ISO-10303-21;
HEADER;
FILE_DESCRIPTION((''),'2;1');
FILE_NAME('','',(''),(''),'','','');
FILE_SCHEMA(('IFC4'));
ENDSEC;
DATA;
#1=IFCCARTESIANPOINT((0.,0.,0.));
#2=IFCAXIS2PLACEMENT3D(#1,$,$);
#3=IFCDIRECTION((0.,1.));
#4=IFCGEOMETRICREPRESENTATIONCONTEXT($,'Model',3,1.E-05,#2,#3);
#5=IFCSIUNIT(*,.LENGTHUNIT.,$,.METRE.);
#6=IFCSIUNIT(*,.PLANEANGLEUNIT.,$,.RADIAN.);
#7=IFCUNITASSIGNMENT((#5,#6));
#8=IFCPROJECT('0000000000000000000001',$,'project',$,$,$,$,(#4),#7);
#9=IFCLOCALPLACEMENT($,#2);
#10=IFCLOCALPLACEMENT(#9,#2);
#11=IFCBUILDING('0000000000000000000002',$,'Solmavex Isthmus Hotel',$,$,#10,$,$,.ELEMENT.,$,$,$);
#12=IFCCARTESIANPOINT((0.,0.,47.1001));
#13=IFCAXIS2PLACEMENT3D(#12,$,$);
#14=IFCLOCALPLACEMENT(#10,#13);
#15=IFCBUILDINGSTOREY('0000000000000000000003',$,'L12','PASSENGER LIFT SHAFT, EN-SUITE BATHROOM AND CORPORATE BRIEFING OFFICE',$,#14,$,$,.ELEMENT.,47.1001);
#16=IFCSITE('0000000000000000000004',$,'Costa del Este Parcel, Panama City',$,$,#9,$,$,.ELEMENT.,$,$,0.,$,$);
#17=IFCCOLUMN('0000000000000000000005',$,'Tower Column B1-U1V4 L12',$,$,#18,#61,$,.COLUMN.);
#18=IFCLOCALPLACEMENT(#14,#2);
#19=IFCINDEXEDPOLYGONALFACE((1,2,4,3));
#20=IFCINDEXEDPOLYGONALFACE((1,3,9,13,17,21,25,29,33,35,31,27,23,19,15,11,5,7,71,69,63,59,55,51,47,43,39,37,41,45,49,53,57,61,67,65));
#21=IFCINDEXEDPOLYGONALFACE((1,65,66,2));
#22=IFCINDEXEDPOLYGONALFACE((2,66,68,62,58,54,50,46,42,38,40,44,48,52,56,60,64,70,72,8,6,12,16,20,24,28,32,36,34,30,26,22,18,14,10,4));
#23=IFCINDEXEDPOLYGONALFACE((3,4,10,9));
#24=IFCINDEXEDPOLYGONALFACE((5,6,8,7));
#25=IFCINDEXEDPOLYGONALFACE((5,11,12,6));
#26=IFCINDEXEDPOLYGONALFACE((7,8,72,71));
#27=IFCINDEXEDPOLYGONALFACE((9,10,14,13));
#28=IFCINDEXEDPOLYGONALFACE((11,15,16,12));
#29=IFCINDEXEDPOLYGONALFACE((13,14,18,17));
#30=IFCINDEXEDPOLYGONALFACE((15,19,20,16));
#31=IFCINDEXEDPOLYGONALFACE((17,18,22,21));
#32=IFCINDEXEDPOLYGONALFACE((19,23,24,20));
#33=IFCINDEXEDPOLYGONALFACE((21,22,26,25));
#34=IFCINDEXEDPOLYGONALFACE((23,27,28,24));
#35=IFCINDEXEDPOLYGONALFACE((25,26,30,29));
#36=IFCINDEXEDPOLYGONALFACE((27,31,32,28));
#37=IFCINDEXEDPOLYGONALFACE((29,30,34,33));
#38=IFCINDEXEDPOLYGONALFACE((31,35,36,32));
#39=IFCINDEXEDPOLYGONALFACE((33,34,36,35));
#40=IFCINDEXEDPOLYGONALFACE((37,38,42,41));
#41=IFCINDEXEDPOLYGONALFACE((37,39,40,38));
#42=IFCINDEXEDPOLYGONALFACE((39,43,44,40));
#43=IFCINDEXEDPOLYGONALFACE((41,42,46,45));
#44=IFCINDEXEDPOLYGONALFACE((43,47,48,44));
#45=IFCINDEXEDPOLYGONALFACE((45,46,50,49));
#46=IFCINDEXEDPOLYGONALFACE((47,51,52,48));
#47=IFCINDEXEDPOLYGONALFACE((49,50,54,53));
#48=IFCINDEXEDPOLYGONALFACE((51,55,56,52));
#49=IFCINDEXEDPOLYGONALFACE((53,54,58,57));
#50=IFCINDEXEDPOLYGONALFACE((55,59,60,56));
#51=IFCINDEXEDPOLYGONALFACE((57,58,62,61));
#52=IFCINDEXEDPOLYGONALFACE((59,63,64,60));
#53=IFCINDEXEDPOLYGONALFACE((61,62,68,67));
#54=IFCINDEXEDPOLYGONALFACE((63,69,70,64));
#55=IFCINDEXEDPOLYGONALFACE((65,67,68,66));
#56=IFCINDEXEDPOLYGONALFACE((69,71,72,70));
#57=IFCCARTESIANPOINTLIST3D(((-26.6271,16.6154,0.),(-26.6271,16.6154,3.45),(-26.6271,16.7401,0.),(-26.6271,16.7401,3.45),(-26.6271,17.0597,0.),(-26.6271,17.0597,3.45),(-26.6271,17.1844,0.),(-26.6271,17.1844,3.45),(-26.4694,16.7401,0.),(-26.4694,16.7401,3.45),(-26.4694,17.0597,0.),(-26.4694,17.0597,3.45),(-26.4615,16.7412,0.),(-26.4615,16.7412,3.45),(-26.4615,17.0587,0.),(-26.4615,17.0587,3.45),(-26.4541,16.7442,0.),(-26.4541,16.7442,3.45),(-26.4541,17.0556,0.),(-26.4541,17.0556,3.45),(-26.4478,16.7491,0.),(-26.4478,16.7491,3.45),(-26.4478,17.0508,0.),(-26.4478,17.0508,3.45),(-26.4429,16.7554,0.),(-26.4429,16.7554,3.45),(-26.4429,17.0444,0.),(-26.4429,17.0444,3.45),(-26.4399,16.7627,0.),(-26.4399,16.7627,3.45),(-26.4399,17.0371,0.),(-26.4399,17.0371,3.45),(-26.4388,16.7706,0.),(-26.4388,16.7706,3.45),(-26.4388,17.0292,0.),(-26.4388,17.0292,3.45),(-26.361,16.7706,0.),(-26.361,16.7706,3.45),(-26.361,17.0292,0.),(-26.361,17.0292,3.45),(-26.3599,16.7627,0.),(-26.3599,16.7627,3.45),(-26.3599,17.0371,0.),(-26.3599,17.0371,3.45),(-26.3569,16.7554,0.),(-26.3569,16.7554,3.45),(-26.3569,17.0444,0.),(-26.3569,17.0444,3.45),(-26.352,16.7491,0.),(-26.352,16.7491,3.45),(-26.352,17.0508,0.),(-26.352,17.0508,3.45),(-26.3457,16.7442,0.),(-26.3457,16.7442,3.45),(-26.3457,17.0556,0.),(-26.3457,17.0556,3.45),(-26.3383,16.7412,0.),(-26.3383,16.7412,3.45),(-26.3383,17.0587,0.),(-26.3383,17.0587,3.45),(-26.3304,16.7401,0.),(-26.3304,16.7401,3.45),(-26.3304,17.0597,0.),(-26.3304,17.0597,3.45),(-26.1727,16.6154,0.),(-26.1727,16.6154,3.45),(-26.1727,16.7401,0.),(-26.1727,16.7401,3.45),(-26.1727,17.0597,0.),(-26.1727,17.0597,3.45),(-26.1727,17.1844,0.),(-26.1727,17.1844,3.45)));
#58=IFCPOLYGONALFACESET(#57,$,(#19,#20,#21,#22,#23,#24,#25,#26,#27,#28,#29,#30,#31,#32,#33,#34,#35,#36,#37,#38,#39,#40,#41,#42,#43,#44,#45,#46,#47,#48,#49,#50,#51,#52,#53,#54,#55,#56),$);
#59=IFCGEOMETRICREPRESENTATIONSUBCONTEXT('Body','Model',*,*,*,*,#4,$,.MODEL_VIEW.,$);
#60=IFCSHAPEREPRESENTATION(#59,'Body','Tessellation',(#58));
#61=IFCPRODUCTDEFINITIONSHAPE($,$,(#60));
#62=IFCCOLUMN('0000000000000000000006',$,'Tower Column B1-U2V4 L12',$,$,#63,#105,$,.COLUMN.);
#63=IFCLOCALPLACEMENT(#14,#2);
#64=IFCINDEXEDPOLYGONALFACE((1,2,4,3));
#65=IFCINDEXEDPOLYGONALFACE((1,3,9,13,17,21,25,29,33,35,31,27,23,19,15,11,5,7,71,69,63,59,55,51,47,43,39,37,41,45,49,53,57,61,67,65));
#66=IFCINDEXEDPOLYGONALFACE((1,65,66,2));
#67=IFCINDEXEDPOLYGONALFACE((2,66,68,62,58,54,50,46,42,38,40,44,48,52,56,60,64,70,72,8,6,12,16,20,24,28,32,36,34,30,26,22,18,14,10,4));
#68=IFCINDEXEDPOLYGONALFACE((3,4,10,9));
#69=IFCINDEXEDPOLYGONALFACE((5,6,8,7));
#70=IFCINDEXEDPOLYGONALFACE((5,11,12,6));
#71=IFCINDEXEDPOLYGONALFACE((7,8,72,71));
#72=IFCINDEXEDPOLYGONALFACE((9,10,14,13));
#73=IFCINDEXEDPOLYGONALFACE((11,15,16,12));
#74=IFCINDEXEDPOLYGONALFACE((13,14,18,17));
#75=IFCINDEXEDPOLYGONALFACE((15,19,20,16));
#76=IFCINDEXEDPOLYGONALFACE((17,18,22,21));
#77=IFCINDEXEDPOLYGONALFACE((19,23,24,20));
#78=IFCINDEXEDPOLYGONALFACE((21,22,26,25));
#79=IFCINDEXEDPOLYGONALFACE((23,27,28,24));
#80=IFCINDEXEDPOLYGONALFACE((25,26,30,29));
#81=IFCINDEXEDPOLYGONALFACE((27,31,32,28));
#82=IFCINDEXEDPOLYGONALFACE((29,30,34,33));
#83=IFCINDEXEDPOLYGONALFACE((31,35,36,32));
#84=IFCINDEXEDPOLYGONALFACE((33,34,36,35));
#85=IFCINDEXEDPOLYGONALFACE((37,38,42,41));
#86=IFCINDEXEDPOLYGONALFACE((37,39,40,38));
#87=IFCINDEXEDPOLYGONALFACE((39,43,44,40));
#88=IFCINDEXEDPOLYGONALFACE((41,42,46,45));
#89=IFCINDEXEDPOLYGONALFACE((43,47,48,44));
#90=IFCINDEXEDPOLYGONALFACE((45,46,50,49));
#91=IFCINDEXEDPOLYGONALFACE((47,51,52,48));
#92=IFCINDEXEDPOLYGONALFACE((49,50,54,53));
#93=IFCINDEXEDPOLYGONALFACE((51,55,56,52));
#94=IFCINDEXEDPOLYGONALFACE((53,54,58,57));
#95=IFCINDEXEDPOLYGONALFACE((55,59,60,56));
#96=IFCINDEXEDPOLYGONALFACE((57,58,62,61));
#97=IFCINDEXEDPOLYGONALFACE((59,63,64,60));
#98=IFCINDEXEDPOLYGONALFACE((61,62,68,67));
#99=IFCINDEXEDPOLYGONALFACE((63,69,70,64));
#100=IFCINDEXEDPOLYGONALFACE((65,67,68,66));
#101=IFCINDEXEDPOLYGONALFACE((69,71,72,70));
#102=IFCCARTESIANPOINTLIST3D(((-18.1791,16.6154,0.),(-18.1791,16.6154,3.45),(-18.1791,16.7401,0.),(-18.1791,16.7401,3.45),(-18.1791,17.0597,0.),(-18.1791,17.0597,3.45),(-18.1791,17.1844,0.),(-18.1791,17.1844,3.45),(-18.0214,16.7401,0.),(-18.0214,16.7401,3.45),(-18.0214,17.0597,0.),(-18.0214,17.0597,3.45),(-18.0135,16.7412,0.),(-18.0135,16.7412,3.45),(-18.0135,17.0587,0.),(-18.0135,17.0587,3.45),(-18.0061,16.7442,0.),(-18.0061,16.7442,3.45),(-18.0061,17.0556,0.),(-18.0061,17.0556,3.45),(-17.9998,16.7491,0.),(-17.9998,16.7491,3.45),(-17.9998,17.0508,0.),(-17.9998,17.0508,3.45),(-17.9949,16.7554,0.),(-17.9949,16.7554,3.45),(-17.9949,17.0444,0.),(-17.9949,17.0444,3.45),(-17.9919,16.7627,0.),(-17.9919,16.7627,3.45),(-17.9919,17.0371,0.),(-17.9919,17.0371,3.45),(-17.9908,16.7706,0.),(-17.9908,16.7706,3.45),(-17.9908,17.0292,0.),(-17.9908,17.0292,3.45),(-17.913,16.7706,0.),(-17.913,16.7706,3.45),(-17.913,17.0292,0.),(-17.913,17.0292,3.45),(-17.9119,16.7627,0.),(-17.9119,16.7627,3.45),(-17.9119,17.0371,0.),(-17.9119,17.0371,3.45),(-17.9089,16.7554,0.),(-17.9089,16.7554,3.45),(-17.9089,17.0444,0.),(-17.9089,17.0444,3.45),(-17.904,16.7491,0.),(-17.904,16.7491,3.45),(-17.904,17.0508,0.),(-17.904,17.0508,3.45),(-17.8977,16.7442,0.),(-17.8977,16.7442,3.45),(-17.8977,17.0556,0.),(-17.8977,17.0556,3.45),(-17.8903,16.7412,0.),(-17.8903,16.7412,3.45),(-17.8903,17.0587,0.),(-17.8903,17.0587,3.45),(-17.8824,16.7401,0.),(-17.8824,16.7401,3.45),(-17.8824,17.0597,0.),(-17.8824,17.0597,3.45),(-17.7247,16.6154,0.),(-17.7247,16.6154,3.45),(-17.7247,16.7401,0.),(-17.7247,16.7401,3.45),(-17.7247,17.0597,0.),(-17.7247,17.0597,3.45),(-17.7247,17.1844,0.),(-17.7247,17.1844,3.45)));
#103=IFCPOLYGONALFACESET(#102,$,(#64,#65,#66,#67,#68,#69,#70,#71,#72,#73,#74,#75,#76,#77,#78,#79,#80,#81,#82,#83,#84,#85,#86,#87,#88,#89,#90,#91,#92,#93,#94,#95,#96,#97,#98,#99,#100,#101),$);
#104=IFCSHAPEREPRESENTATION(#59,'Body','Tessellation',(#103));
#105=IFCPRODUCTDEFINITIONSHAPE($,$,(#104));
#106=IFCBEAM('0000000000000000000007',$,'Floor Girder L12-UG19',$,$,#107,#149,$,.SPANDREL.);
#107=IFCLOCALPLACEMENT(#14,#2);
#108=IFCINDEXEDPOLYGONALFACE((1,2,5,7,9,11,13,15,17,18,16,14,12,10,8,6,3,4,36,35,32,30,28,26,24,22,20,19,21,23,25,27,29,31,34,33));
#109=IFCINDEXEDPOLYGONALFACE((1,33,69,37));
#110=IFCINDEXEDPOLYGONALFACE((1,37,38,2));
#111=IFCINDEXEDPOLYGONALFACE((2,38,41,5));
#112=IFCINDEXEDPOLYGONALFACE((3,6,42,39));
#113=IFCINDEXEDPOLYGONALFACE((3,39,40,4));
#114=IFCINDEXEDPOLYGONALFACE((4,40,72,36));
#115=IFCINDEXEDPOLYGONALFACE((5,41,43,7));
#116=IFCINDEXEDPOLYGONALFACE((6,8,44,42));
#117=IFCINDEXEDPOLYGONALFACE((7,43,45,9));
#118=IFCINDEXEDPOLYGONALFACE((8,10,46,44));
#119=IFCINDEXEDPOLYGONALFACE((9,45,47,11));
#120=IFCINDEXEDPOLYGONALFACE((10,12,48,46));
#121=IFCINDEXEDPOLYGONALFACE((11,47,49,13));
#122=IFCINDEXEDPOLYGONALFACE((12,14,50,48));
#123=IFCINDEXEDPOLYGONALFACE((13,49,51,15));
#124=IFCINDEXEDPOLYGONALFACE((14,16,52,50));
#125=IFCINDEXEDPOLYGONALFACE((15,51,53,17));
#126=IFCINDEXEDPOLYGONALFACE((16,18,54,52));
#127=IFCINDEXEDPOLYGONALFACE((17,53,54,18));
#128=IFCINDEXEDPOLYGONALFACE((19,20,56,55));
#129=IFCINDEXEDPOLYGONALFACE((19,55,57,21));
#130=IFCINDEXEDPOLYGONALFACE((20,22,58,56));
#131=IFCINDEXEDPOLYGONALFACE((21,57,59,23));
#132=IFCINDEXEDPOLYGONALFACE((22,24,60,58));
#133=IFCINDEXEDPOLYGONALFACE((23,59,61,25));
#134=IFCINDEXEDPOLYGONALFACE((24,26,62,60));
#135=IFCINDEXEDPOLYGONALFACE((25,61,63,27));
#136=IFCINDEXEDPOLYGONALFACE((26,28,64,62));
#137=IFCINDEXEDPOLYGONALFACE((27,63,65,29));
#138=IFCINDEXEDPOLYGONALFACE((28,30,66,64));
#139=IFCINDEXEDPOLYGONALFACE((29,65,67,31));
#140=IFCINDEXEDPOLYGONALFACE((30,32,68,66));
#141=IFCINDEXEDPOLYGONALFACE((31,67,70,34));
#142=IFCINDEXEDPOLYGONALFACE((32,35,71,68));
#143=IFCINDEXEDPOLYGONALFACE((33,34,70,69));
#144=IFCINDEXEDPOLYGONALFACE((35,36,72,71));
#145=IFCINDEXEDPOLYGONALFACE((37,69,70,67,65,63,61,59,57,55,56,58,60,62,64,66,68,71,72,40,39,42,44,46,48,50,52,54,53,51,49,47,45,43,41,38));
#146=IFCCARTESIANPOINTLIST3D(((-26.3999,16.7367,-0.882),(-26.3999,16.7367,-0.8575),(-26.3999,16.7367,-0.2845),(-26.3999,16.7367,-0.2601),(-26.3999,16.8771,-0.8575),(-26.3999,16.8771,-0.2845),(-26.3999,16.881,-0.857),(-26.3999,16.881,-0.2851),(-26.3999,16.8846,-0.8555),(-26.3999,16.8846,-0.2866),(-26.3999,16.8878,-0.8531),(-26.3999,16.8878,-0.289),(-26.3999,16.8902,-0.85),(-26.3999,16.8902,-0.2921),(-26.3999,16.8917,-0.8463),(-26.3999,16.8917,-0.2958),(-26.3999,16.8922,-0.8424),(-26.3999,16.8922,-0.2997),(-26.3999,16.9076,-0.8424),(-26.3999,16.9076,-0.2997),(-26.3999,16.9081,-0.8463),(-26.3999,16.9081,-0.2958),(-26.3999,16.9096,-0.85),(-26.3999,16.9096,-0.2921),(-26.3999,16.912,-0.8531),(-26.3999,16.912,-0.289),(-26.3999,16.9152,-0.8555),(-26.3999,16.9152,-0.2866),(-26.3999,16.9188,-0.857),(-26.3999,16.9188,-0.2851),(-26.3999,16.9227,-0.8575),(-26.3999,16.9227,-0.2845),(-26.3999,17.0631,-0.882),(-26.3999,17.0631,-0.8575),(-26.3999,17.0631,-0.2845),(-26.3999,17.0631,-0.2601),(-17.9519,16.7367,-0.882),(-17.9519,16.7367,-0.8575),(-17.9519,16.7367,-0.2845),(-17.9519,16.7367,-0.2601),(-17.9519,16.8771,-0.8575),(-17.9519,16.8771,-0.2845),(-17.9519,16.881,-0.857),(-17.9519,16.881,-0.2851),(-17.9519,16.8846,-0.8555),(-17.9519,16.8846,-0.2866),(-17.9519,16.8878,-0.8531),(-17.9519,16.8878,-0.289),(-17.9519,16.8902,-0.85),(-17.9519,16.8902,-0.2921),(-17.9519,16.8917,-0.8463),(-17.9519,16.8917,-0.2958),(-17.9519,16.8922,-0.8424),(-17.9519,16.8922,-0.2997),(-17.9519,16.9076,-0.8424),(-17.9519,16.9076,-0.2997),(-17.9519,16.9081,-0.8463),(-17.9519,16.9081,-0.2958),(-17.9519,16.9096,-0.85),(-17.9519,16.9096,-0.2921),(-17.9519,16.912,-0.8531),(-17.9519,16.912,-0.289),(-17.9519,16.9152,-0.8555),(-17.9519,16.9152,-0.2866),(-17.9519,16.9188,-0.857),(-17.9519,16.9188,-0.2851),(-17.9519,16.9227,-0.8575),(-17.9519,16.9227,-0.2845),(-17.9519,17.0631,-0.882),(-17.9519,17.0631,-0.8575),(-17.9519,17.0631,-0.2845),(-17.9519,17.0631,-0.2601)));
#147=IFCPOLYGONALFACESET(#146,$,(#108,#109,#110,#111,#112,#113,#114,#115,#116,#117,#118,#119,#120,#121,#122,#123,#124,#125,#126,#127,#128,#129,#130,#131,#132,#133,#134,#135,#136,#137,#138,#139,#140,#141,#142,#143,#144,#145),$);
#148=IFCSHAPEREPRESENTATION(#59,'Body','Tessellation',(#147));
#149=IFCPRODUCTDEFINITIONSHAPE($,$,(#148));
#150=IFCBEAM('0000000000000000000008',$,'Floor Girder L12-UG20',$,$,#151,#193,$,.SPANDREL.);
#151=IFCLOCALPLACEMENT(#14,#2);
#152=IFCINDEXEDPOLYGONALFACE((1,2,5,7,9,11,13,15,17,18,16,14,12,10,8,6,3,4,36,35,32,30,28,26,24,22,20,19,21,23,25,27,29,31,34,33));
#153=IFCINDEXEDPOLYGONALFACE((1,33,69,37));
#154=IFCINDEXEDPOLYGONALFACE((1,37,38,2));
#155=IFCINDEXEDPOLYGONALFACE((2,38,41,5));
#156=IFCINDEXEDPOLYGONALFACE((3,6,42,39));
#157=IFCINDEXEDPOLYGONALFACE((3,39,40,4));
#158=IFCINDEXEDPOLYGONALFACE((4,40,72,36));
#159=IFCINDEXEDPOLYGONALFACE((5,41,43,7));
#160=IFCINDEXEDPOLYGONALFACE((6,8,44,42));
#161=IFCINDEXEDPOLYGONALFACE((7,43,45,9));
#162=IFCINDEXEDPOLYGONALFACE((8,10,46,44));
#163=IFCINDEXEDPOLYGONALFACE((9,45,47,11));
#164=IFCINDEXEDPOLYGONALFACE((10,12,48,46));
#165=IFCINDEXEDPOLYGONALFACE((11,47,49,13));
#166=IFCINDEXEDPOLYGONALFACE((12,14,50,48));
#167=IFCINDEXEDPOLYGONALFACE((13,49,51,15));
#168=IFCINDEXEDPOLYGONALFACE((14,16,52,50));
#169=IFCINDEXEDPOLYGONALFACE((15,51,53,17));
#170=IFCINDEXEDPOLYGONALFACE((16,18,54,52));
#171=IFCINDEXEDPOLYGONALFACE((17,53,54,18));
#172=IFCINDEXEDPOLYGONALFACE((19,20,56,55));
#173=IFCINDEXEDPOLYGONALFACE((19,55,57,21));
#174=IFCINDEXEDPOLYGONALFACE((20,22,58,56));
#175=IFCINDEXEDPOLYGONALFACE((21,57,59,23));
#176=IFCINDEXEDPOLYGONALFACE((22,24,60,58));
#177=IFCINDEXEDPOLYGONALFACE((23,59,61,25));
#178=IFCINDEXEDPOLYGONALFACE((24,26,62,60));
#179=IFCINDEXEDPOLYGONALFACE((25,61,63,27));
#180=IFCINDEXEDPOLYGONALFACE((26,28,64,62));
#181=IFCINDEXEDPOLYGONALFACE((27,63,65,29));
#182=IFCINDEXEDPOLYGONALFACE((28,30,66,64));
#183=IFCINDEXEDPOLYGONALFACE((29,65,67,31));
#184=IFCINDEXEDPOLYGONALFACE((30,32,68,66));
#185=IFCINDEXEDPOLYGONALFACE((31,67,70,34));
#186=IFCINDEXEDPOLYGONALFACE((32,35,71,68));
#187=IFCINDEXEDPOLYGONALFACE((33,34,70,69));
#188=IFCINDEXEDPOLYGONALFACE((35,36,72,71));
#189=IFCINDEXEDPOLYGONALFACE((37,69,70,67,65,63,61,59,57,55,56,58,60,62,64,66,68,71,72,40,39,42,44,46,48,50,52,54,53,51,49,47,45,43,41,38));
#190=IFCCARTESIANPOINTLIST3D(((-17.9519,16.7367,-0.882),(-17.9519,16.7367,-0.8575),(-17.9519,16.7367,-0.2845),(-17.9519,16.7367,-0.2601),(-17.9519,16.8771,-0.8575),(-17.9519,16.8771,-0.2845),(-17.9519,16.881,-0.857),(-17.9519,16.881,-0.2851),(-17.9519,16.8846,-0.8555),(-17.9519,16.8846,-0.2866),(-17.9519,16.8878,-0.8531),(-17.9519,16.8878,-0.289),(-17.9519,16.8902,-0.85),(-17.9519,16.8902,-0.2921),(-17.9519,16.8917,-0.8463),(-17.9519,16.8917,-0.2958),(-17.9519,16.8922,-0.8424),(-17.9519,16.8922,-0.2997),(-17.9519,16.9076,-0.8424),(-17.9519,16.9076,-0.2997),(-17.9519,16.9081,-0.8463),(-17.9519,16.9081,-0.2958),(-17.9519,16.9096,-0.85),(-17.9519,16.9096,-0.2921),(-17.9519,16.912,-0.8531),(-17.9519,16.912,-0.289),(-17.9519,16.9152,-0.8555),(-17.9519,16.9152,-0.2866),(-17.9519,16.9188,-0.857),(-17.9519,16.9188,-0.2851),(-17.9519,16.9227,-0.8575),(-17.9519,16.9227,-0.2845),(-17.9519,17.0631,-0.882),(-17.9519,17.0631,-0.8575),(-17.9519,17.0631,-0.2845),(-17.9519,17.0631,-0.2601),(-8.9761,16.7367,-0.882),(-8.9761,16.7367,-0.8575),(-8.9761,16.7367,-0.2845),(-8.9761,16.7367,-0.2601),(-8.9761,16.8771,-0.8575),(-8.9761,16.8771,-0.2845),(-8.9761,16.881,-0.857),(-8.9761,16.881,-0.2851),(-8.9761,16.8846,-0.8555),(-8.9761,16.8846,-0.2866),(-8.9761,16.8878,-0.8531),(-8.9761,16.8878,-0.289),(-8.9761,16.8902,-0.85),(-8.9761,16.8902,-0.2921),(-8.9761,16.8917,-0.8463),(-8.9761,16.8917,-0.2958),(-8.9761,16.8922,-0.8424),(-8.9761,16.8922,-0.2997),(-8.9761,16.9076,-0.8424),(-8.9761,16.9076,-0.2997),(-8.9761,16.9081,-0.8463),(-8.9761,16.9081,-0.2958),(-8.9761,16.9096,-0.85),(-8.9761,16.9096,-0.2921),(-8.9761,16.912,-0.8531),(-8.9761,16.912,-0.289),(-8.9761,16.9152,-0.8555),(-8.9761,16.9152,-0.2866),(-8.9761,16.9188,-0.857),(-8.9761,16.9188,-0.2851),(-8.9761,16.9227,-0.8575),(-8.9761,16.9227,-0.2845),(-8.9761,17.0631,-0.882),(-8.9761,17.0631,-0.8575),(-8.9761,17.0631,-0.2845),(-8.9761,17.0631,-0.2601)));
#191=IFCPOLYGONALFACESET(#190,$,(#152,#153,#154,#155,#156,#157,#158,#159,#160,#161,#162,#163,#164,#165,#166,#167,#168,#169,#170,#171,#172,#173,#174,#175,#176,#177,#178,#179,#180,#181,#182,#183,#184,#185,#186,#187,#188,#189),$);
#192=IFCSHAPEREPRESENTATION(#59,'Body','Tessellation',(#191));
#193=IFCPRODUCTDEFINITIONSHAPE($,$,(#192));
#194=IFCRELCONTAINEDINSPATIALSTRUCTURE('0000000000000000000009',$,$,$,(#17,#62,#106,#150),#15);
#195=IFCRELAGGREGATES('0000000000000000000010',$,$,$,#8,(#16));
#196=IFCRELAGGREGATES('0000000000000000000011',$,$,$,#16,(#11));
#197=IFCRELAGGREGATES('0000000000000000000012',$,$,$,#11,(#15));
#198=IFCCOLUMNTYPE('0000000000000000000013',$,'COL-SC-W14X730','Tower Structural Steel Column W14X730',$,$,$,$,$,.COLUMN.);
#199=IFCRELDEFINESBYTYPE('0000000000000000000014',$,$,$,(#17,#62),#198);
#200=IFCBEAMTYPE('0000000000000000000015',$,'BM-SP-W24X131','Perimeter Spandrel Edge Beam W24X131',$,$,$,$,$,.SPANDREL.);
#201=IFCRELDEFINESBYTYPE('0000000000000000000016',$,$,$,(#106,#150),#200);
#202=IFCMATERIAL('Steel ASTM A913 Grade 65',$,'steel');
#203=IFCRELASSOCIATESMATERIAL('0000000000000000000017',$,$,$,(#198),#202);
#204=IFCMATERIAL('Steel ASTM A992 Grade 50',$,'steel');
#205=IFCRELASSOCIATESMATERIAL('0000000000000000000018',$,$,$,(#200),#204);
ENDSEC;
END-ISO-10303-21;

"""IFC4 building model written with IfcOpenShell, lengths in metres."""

from ifc_helpers import new_model, si_unit, direction, frame, origin, origin_2d, place, context, subcontext, project, spatial, i_section, extrude, material, material_profile, profile_set, type_object, element, save


model = new_model("IFC4")

# Units and contexts
model_context = context("Model", 3, precision=1e-05, world=origin(), true_north=direction((0.0, 1.0)))
body_context = subcontext(model_context, "Body", "Model", "MODEL_VIEW")
ifc_project = project(units=[si_unit("LENGTHUNIT", "METRE"), si_unit("PLANEANGLEUNIT", "RADIAN")], contexts=[model_context])

# Site, building, storey
site_placement = place(None, origin())
site = spatial("IfcSite", under=ifc_project, at=site_placement, Name="Costa del Este Parcel, Panama City", CompositionType="ELEMENT", RefElevation=0.0)
building_placement = place(site_placement, origin())
building = spatial("IfcBuilding", under=site, at=building_placement, Name="Solmavex Isthmus Hotel", CompositionType="ELEMENT")
storey_placement = place(building_placement, frame((0.0, 0.0, 47.1001)))
storey = spatial("IfcBuildingStorey", under=building, at=storey_placement, Name="L12", Description="PASSENGER LIFT SHAFT, EN-SUITE BATHROOM AND CORPORATE BRIEFING OFFICE", CompositionType="ELEMENT", Elevation=47.1001)

# Columns
ifc_material_1 = material(Name="Steel ASTM A913 Grade 65", Category="steel")
ifc_material_profile_1 = material_profile(ifc_material_1, i_section(OverallWidth=0.4543, OverallDepth=0.5691, WebThickness=0.0779, FlangeThickness=0.1248, FilletRadius=0.0305, at=origin_2d()), Name="W14X730")
ifc_profile_set_1 = profile_set([ifc_material_profile_1], Name="Steel ASTM A913 Grade 65")
column_type = type_object("IfcColumnType", Name="COL-SC-W14X730", Description="Tower Structural Steel Column W14X730", PredefinedType="COLUMN", material=ifc_profile_set_1)
for number, where, z_axis, x_axis, name in (
    (1, (-26.3999, 16.8999, 0.0), (0.0, 0.0, 1.0), (1.0, 0.0, 0.0), "Tower Column B1-U1V4 L12"),
    (2, (-17.9519, 16.8999, 0.0), (0.0, 0.0, 1.0), (1.0, 0.0, 0.0), "Tower Column B1-U2V4 L12"),
):
    element("IfcColumn", number, at=place(storey_placement, frame(where, z_axis=z_axis, x_axis=x_axis)), inside=storey, type_object=column_type, Name=name, PredefinedType="COLUMN", context=body_context, shape_type="SweptSolid", body=[
        extrude(i_section(OverallWidth=0.4543, OverallDepth=0.5691, WebThickness=0.0779, FlangeThickness=0.1248, FilletRadius=0.0305, at=origin_2d()), origin(), (0.0, 0.0, 1.0), 3.45),
    ])

# Beams
ifc_material_2 = material(Name="Steel ASTM A992 Grade 50", Category="steel")
ifc_material_profile_2 = material_profile(ifc_material_2, i_section(OverallWidth=0.3264, OverallDepth=0.6218, WebThickness=0.0154, FlangeThickness=0.0244, FilletRadius=0.0151, at=origin_2d()), Name="W24X131")
ifc_profile_set_2 = profile_set([ifc_material_profile_2], Name="Steel ASTM A992 Grade 50")
beam_type = type_object("IfcBeamType", Name="BM-SP-W24X131", Description="Perimeter Spandrel Edge Beam W24X131", PredefinedType="SPANDREL", material=ifc_profile_set_2)
beam_1_placement = place(storey_placement, frame((-26.3999, 16.8999, -0.571), z_axis=(1.0, 0.0, 0.0), x_axis=(0.0, 1.0, 0.0)))
element("IfcBeam", 3, at=beam_1_placement, inside=storey, type_object=beam_type, Name="Floor Girder L12-UG19", PredefinedType="SPANDREL", context=body_context, shape_type="SweptSolid", body=[
    extrude(i_section(OverallWidth=0.3264, OverallDepth=0.6218, WebThickness=0.0154, FlangeThickness=0.0244, FilletRadius=0.0151, at=origin_2d()), origin(), (0.0, 0.0, 1.0), 8.448),
])
beam_2_placement = place(storey_placement, frame((-17.9519, 16.8999, -0.571), z_axis=(1.0, 0.0, 0.0), x_axis=(0.0, 1.0, 0.0)))
element("IfcBeam", 4, at=beam_2_placement, inside=storey, type_object=beam_type, Name="Floor Girder L12-UG20", PredefinedType="SPANDREL", context=body_context, shape_type="SweptSolid", body=[
    extrude(i_section(OverallWidth=0.3264, OverallDepth=0.6218, WebThickness=0.0154, FlangeThickness=0.0244, FilletRadius=0.0151, at=origin_2d()), origin(), (0.0, 0.0, 1.0), 8.9758),
])

save(model, "model.ifc")
